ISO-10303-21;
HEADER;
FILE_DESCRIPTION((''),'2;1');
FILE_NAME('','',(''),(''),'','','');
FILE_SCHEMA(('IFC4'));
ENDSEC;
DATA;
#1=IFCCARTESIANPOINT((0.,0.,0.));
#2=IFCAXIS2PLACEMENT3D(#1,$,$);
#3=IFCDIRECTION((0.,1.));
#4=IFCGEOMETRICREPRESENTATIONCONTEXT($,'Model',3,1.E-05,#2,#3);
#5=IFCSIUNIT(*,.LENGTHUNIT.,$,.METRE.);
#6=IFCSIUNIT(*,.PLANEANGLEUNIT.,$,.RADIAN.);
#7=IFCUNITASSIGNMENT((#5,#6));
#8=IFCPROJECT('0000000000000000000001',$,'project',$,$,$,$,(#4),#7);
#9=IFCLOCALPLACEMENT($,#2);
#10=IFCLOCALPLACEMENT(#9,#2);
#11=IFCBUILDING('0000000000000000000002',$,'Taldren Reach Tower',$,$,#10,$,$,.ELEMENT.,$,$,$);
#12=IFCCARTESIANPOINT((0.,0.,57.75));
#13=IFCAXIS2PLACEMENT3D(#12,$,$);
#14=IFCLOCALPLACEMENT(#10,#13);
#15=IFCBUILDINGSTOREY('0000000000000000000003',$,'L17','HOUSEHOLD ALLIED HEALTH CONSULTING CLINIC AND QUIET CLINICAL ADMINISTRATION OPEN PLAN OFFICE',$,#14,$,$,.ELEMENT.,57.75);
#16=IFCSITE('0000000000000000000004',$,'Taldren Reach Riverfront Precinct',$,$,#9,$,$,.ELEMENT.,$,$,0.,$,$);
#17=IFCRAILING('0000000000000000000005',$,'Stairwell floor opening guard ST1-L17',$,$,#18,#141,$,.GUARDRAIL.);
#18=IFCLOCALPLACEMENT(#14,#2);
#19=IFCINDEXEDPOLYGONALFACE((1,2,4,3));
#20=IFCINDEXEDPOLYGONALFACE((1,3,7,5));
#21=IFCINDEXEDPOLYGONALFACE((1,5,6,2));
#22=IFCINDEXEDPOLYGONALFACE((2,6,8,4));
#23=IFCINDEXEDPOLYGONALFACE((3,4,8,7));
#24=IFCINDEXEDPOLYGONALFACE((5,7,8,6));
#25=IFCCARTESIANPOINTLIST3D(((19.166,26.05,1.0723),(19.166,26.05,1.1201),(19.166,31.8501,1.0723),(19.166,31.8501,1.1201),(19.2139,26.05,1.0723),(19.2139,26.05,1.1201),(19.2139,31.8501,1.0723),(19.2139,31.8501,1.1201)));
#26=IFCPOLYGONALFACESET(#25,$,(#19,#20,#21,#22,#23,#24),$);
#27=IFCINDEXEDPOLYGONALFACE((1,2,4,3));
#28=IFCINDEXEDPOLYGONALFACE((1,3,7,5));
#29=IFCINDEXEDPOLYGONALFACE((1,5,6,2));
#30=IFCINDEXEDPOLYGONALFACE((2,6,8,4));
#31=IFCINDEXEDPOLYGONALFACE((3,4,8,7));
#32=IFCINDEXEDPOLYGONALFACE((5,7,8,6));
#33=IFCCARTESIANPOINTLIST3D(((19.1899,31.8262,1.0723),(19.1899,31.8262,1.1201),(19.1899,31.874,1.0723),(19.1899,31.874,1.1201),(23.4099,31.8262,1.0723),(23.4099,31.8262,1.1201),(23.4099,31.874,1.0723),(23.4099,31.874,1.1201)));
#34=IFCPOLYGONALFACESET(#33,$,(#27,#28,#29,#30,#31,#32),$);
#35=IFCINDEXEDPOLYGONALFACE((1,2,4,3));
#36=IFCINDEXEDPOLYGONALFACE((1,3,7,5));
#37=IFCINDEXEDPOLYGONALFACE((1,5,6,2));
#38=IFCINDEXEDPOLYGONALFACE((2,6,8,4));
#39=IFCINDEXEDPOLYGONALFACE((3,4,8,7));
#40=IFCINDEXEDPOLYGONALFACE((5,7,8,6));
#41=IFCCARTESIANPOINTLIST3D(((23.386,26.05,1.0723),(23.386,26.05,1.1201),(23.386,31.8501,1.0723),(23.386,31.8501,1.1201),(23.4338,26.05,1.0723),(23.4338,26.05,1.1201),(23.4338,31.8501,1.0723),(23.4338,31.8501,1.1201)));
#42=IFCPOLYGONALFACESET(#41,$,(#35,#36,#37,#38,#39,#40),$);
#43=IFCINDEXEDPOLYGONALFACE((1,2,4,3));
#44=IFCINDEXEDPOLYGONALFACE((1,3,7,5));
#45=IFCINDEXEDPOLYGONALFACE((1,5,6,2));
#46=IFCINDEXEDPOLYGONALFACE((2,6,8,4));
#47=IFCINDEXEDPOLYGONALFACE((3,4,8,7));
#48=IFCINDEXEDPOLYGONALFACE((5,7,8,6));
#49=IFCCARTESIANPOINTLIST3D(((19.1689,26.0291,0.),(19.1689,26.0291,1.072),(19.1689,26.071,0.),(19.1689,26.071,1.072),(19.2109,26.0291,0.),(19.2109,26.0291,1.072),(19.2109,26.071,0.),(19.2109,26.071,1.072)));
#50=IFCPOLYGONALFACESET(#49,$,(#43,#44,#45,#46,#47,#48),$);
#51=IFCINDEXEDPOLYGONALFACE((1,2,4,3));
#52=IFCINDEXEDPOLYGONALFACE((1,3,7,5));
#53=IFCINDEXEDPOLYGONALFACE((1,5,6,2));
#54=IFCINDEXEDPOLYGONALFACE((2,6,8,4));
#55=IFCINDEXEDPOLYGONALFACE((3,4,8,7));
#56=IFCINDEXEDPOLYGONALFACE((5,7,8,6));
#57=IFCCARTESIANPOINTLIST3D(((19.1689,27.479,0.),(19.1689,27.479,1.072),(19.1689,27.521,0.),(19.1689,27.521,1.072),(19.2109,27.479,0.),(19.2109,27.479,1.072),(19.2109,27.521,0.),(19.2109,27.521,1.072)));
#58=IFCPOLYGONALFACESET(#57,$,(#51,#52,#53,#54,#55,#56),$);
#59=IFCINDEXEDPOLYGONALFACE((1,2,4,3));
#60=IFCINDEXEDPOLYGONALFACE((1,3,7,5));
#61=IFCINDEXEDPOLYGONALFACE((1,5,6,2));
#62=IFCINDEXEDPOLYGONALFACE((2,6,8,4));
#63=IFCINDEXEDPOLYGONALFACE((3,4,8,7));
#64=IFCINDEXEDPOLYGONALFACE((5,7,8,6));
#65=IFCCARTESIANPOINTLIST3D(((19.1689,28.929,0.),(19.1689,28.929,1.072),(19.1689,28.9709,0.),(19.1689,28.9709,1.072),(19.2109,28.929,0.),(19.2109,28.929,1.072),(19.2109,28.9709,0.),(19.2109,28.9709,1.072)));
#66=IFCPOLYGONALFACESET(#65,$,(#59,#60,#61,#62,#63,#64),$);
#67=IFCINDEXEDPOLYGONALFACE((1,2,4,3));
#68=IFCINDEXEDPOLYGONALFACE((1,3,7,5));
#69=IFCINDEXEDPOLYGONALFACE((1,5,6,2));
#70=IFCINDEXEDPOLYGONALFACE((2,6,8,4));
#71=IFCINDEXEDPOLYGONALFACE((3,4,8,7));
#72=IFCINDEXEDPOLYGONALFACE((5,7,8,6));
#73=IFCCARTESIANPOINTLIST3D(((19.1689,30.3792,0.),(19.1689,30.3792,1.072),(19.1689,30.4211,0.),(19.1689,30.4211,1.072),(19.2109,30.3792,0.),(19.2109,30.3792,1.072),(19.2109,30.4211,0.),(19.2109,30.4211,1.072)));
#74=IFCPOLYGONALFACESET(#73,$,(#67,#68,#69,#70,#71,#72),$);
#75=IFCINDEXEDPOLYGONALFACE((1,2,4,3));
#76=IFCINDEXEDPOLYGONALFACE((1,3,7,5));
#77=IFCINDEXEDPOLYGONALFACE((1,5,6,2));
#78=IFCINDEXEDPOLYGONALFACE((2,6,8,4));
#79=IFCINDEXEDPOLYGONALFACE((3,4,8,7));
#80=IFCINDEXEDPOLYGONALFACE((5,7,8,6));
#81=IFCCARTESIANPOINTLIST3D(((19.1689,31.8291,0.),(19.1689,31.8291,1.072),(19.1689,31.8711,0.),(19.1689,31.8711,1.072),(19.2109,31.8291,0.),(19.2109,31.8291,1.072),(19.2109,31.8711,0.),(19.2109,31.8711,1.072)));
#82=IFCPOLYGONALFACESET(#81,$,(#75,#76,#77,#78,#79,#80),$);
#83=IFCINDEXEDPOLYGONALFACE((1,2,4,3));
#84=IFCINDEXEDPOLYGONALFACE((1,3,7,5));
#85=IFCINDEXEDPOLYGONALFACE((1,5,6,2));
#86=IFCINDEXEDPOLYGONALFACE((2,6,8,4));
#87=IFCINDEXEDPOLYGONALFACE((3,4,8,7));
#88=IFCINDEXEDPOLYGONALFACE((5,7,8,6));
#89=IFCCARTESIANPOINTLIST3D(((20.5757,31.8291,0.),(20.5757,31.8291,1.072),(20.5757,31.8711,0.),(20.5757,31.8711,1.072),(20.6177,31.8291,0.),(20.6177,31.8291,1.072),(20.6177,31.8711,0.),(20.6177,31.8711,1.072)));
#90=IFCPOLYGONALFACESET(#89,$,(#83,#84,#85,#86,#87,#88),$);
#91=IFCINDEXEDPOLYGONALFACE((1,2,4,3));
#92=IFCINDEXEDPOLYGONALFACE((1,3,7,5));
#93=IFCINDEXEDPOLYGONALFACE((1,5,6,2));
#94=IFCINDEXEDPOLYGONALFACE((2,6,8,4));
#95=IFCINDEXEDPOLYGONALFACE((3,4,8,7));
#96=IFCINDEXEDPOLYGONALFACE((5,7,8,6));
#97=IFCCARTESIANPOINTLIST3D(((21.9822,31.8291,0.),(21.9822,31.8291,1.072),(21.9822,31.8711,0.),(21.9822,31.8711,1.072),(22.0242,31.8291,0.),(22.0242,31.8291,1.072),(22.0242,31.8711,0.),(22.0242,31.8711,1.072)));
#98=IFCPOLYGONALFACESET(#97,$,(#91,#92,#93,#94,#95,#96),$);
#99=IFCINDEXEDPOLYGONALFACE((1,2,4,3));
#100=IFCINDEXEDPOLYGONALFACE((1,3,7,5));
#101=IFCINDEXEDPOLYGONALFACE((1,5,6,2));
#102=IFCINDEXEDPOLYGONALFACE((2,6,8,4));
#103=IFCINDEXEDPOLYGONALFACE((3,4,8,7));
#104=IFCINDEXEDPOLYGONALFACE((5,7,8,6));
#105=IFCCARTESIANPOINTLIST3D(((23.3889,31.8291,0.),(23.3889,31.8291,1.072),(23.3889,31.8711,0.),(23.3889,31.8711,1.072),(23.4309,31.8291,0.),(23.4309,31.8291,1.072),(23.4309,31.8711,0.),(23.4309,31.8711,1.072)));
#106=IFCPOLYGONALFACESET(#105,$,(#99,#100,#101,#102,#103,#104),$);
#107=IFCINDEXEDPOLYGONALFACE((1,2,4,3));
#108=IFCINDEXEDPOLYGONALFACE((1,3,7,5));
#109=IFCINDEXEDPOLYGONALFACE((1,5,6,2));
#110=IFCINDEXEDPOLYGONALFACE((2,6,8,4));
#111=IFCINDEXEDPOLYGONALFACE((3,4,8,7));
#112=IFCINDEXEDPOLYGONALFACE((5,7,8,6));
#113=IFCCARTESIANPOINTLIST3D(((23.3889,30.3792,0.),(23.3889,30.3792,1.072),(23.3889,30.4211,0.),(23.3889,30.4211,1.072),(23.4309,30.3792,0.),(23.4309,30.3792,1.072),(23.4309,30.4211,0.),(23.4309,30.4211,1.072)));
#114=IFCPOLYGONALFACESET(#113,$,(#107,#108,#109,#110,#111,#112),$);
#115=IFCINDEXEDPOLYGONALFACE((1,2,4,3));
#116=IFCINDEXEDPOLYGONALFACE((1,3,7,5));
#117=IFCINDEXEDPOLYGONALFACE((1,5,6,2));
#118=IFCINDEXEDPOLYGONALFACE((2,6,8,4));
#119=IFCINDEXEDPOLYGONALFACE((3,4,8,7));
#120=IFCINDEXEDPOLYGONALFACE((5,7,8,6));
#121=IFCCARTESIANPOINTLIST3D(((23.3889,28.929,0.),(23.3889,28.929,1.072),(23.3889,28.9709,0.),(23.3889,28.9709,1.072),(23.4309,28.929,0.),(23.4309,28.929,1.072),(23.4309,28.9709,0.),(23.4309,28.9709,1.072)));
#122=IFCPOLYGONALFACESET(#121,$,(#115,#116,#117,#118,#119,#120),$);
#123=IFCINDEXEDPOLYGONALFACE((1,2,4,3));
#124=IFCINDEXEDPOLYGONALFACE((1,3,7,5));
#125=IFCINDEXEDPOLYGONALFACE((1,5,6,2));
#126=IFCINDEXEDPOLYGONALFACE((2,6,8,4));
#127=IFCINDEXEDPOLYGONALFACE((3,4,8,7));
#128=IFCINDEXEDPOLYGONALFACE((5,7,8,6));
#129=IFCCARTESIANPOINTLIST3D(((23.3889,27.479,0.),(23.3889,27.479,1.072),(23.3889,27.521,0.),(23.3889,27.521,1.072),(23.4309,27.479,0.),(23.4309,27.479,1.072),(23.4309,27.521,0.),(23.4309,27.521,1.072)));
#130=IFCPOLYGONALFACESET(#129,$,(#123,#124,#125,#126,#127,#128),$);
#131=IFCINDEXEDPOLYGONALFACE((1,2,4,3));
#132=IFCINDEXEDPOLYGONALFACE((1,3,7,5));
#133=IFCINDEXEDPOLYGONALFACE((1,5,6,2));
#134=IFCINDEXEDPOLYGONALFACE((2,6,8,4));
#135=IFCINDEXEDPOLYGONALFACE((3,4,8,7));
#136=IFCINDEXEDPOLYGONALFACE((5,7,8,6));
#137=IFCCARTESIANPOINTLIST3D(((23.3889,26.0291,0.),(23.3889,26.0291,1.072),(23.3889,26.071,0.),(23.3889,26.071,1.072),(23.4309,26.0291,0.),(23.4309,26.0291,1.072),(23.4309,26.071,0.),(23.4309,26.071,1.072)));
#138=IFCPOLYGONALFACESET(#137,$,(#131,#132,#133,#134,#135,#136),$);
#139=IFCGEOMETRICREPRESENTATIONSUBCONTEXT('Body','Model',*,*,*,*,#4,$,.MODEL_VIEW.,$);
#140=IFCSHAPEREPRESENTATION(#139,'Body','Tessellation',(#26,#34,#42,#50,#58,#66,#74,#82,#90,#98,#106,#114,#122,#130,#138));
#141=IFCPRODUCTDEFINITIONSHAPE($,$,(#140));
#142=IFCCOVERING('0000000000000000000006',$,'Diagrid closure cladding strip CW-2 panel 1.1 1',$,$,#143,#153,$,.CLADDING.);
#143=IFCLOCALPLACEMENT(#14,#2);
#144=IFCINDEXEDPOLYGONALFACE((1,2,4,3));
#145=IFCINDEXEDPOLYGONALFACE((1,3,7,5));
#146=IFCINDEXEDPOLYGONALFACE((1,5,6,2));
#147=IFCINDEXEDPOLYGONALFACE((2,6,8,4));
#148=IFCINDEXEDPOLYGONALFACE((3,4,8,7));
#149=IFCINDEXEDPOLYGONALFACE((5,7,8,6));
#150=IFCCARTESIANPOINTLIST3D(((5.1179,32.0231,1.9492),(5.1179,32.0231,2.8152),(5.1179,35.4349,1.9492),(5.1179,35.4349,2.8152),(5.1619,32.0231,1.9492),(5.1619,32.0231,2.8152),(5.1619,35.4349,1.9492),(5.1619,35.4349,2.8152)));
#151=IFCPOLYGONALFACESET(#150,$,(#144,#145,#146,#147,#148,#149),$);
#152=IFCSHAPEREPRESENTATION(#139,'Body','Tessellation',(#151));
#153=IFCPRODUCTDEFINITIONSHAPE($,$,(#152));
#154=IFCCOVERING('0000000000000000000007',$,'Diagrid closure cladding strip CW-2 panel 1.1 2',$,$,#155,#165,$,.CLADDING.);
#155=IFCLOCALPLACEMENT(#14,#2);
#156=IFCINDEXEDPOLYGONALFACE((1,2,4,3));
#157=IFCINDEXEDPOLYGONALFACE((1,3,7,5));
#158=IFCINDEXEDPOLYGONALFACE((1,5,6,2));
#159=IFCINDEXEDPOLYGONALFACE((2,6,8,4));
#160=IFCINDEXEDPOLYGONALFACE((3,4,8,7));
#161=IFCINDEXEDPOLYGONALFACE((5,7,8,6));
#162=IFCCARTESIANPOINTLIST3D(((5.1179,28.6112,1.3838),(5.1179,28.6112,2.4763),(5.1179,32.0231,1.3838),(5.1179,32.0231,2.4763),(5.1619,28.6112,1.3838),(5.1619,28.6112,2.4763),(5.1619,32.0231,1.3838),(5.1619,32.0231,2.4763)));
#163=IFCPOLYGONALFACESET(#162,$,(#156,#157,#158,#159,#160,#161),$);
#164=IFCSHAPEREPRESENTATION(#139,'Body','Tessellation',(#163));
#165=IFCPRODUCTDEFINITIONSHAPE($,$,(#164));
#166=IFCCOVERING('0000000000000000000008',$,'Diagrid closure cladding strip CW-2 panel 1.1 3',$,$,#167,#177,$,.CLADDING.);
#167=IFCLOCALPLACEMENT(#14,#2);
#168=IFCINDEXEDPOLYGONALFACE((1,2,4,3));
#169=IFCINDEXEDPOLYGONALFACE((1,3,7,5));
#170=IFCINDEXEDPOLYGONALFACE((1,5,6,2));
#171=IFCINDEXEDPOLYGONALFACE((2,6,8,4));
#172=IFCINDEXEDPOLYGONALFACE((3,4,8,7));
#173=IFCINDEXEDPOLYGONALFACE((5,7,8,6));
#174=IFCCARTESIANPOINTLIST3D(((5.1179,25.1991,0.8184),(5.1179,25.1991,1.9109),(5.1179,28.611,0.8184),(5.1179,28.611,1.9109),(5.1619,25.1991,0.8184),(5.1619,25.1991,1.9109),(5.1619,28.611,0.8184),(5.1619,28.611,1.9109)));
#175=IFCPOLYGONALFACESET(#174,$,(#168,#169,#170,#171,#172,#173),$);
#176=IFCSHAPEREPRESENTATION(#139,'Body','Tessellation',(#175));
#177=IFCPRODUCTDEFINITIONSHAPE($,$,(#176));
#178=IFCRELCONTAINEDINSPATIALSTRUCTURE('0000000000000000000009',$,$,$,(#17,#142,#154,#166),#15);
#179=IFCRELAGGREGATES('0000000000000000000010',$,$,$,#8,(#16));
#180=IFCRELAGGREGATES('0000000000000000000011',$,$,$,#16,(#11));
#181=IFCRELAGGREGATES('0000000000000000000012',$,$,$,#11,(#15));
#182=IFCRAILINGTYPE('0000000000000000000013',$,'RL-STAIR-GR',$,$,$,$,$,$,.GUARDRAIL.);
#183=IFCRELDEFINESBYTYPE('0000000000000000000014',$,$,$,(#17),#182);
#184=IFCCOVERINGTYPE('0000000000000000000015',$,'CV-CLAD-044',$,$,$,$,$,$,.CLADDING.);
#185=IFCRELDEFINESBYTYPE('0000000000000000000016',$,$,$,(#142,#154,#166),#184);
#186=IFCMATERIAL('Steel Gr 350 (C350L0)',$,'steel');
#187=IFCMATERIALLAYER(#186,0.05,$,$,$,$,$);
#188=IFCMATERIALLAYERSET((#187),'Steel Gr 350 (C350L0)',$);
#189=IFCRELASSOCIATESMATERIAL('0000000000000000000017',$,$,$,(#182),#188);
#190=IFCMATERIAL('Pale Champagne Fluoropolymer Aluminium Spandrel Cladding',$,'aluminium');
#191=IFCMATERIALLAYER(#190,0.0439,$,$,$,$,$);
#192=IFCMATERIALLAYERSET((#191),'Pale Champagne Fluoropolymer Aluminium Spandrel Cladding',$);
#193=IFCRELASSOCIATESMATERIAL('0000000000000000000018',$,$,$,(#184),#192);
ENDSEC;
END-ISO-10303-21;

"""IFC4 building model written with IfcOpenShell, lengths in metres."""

from ifc_helpers import new_model, si_unit, direction, frame, origin, origin_2d, place, context, subcontext, project, spatial, rectangle, extrude, source, transform, mapped, material, layer, layer_set, type_object, element, save


model = new_model("IFC4")

# Units and contexts
model_context = context("Model", 3, precision=1e-05, world=origin(), true_north=direction((0.0, 1.0)))
body_context = subcontext(model_context, "Body", "Model", "MODEL_VIEW")
ifc_project = project(units=[si_unit("LENGTHUNIT", "METRE"), si_unit("PLANEANGLEUNIT", "RADIAN")], contexts=[model_context])

# Site, building, storey
site_placement = place(None, origin())
site = spatial("IfcSite", under=ifc_project, at=site_placement, Name="Taldren Reach Riverfront Precinct", CompositionType="ELEMENT", RefElevation=0.0)
building_placement = place(site_placement, origin())
building = spatial("IfcBuilding", under=site, at=building_placement, Name="Taldren Reach Tower", CompositionType="ELEMENT")
storey_placement = place(building_placement, frame((0.0, 0.0, 57.75)))
storey = spatial("IfcBuildingStorey", under=building, at=storey_placement, Name="L17", Description="HOUSEHOLD ALLIED HEALTH CONSULTING CLINIC AND QUIET CLINICAL ADMINISTRATION OPEN PLAN OFFICE", CompositionType="ELEMENT", Elevation=57.75)

# Shared definitions
ifc_material_1 = material(Name="Steel Gr 350 (C350L0)", Category="steel")

# Railing
ifc_layer_1 = layer(ifc_material_1, 0.05)
ifc_layer_set_1 = layer_set([ifc_layer_1], Name="Steel Gr 350 (C350L0)")
railing_type = type_object("IfcRailingType", Name="RL-STAIR-GR", PredefinedType="GUARDRAIL", material=ifc_layer_set_1)
railing_placement = place(storey_placement, frame((19.1899, 26.05, 0.0)))
element("IfcRailing", 1, at=railing_placement, inside=storey, type_object=railing_type, Name="Stairwell floor opening guard ST1-L17", PredefinedType="GUARDRAIL", context=body_context, shape_type="SweptSolid", body=[
    extrude(rectangle(XDim=0.0479, YDim=0.0479, at=origin_2d()), frame((0.0, 0.0, 1.0962), z_axis=(0.0, 1.0, 0.0), x_axis=(-1.0, 0.0, 0.0)), (0.0, 0.0, 1.0), 5.8),
    extrude(rectangle(XDim=0.0479, YDim=0.0479, at=origin_2d()), frame((0.0, 5.8, 1.0962), z_axis=(1.0, 0.0, 0.0), x_axis=(0.0, 1.0, 0.0)), (0.0, 0.0, 1.0), 4.22),
    extrude(rectangle(XDim=0.0479, YDim=0.0479, at=origin_2d()), frame((4.22, 5.8, 1.0962), z_axis=(0.0, -1.0, 0.0), x_axis=(1.0, 0.0, 0.0)), (0.0, 0.0, 1.0), 5.8),
    extrude(rectangle(XDim=0.042, YDim=0.042, at=origin_2d()), origin(), (0.0, 0.0, 1.0), 1.072),
    extrude(rectangle(XDim=0.042, YDim=0.042, at=origin_2d()), frame((0.0, 1.45, 0.0)), (0.0, 0.0, 1.0), 1.072),
    extrude(rectangle(XDim=0.042, YDim=0.042, at=origin_2d()), frame((0.0, 2.8999, 0.0)), (0.0, 0.0, 1.0), 1.072),
    extrude(rectangle(XDim=0.042, YDim=0.042, at=origin_2d()), frame((0.0, 4.3501, 0.0)), (0.0, 0.0, 1.0), 1.072),
    extrude(rectangle(XDim=0.042, YDim=0.042, at=origin_2d()), frame((0.0, 5.8, 0.0)), (0.0, 0.0, 1.0), 1.072),
    extrude(rectangle(XDim=0.042, YDim=0.042, at=origin_2d()), frame((1.4067, 5.8, 0.0)), (0.0, 0.0, 1.0), 1.072),
    extrude(rectangle(XDim=0.042, YDim=0.042, at=origin_2d()), frame((2.8132, 5.8, 0.0)), (0.0, 0.0, 1.0), 1.072),
    extrude(rectangle(XDim=0.042, YDim=0.042, at=origin_2d()), frame((4.22, 5.8, 0.0)), (0.0, 0.0, 1.0), 1.072),
    extrude(rectangle(XDim=0.042, YDim=0.042, at=origin_2d()), frame((4.22, 4.3501, 0.0)), (0.0, 0.0, 1.0), 1.072),
    extrude(rectangle(XDim=0.042, YDim=0.042, at=origin_2d()), frame((4.22, 2.8999, 0.0)), (0.0, 0.0, 1.0), 1.072),
    extrude(rectangle(XDim=0.042, YDim=0.042, at=origin_2d()), frame((4.22, 1.45, 0.0)), (0.0, 0.0, 1.0), 1.072),
    extrude(rectangle(XDim=0.042, YDim=0.042, at=origin_2d()), frame((4.22, 0.0, 0.0)), (0.0, 0.0, 1.0), 1.072),
])

# Coverings
ifc_material_2 = material(Name="Pale Champagne Fluoropolymer Aluminium Spandrel Cladding", Category="aluminium")
ifc_layer_2 = layer(ifc_material_2, 0.0439)
ifc_layer_set_2 = layer_set([ifc_layer_2], Name="Pale Champagne Fluoropolymer Aluminium Spandrel Cladding")
covering_type = type_object("IfcCoveringType", Name="CV-CLAD-044", PredefinedType="CLADDING", material=ifc_layer_set_2)
shared_shape_1 = source(origin(), body_context, "Body", "SweptSolid", [
    extrude(rectangle(XDim=3.4119, YDim=0.0439, at=origin_2d()), origin(), (0.0, 0.0, 1.0), 0.866),
])
covering_placement = place(storey_placement, frame((5.1399, 33.729, 1.9492), z_axis=(0.0, 0.0, 1.0), x_axis=(0.0, -1.0, 0.0)))
element("IfcCovering", 2, at=covering_placement, inside=storey, type_object=covering_type, Name="Diagrid closure cladding strip CW-2 panel 1.1 1", PredefinedType="CLADDING", context=body_context, shape_type="MappedRepresentation", body=[
    mapped(shared_shape_1, transform((0.0, 0.0, 0.0), scale=1.0)),
])
shared_shape_2 = source(origin(), body_context, "Body", "SweptSolid", [
    extrude(rectangle(XDim=3.4119, YDim=0.0439, at=origin_2d()), origin(), (0.0, 0.0, 1.0), 1.0925),
])
for number, where, z_axis, x_axis, name in (
    (3, (5.1399, 30.3171, 1.3838), (0.0, 0.0, 1.0), (0.0, -1.0, 0.0), "Diagrid closure cladding strip CW-2 panel 1.1 2"),
    (4, (5.1399, 26.905, 0.8184), (0.0, 0.0, 1.0), (0.0, -1.0, 0.0), "Diagrid closure cladding strip CW-2 panel 1.1 3"),
):
    element("IfcCovering", number, at=place(storey_placement, frame(where, z_axis=z_axis, x_axis=x_axis)), inside=storey, type_object=covering_type, Name=name, PredefinedType="CLADDING", context=body_context, shape_type="MappedRepresentation", body=[
        mapped(shared_shape_2, transform((0.0, 0.0, 0.0), scale=1.0)),
    ])

save(model, "model.ifc")
